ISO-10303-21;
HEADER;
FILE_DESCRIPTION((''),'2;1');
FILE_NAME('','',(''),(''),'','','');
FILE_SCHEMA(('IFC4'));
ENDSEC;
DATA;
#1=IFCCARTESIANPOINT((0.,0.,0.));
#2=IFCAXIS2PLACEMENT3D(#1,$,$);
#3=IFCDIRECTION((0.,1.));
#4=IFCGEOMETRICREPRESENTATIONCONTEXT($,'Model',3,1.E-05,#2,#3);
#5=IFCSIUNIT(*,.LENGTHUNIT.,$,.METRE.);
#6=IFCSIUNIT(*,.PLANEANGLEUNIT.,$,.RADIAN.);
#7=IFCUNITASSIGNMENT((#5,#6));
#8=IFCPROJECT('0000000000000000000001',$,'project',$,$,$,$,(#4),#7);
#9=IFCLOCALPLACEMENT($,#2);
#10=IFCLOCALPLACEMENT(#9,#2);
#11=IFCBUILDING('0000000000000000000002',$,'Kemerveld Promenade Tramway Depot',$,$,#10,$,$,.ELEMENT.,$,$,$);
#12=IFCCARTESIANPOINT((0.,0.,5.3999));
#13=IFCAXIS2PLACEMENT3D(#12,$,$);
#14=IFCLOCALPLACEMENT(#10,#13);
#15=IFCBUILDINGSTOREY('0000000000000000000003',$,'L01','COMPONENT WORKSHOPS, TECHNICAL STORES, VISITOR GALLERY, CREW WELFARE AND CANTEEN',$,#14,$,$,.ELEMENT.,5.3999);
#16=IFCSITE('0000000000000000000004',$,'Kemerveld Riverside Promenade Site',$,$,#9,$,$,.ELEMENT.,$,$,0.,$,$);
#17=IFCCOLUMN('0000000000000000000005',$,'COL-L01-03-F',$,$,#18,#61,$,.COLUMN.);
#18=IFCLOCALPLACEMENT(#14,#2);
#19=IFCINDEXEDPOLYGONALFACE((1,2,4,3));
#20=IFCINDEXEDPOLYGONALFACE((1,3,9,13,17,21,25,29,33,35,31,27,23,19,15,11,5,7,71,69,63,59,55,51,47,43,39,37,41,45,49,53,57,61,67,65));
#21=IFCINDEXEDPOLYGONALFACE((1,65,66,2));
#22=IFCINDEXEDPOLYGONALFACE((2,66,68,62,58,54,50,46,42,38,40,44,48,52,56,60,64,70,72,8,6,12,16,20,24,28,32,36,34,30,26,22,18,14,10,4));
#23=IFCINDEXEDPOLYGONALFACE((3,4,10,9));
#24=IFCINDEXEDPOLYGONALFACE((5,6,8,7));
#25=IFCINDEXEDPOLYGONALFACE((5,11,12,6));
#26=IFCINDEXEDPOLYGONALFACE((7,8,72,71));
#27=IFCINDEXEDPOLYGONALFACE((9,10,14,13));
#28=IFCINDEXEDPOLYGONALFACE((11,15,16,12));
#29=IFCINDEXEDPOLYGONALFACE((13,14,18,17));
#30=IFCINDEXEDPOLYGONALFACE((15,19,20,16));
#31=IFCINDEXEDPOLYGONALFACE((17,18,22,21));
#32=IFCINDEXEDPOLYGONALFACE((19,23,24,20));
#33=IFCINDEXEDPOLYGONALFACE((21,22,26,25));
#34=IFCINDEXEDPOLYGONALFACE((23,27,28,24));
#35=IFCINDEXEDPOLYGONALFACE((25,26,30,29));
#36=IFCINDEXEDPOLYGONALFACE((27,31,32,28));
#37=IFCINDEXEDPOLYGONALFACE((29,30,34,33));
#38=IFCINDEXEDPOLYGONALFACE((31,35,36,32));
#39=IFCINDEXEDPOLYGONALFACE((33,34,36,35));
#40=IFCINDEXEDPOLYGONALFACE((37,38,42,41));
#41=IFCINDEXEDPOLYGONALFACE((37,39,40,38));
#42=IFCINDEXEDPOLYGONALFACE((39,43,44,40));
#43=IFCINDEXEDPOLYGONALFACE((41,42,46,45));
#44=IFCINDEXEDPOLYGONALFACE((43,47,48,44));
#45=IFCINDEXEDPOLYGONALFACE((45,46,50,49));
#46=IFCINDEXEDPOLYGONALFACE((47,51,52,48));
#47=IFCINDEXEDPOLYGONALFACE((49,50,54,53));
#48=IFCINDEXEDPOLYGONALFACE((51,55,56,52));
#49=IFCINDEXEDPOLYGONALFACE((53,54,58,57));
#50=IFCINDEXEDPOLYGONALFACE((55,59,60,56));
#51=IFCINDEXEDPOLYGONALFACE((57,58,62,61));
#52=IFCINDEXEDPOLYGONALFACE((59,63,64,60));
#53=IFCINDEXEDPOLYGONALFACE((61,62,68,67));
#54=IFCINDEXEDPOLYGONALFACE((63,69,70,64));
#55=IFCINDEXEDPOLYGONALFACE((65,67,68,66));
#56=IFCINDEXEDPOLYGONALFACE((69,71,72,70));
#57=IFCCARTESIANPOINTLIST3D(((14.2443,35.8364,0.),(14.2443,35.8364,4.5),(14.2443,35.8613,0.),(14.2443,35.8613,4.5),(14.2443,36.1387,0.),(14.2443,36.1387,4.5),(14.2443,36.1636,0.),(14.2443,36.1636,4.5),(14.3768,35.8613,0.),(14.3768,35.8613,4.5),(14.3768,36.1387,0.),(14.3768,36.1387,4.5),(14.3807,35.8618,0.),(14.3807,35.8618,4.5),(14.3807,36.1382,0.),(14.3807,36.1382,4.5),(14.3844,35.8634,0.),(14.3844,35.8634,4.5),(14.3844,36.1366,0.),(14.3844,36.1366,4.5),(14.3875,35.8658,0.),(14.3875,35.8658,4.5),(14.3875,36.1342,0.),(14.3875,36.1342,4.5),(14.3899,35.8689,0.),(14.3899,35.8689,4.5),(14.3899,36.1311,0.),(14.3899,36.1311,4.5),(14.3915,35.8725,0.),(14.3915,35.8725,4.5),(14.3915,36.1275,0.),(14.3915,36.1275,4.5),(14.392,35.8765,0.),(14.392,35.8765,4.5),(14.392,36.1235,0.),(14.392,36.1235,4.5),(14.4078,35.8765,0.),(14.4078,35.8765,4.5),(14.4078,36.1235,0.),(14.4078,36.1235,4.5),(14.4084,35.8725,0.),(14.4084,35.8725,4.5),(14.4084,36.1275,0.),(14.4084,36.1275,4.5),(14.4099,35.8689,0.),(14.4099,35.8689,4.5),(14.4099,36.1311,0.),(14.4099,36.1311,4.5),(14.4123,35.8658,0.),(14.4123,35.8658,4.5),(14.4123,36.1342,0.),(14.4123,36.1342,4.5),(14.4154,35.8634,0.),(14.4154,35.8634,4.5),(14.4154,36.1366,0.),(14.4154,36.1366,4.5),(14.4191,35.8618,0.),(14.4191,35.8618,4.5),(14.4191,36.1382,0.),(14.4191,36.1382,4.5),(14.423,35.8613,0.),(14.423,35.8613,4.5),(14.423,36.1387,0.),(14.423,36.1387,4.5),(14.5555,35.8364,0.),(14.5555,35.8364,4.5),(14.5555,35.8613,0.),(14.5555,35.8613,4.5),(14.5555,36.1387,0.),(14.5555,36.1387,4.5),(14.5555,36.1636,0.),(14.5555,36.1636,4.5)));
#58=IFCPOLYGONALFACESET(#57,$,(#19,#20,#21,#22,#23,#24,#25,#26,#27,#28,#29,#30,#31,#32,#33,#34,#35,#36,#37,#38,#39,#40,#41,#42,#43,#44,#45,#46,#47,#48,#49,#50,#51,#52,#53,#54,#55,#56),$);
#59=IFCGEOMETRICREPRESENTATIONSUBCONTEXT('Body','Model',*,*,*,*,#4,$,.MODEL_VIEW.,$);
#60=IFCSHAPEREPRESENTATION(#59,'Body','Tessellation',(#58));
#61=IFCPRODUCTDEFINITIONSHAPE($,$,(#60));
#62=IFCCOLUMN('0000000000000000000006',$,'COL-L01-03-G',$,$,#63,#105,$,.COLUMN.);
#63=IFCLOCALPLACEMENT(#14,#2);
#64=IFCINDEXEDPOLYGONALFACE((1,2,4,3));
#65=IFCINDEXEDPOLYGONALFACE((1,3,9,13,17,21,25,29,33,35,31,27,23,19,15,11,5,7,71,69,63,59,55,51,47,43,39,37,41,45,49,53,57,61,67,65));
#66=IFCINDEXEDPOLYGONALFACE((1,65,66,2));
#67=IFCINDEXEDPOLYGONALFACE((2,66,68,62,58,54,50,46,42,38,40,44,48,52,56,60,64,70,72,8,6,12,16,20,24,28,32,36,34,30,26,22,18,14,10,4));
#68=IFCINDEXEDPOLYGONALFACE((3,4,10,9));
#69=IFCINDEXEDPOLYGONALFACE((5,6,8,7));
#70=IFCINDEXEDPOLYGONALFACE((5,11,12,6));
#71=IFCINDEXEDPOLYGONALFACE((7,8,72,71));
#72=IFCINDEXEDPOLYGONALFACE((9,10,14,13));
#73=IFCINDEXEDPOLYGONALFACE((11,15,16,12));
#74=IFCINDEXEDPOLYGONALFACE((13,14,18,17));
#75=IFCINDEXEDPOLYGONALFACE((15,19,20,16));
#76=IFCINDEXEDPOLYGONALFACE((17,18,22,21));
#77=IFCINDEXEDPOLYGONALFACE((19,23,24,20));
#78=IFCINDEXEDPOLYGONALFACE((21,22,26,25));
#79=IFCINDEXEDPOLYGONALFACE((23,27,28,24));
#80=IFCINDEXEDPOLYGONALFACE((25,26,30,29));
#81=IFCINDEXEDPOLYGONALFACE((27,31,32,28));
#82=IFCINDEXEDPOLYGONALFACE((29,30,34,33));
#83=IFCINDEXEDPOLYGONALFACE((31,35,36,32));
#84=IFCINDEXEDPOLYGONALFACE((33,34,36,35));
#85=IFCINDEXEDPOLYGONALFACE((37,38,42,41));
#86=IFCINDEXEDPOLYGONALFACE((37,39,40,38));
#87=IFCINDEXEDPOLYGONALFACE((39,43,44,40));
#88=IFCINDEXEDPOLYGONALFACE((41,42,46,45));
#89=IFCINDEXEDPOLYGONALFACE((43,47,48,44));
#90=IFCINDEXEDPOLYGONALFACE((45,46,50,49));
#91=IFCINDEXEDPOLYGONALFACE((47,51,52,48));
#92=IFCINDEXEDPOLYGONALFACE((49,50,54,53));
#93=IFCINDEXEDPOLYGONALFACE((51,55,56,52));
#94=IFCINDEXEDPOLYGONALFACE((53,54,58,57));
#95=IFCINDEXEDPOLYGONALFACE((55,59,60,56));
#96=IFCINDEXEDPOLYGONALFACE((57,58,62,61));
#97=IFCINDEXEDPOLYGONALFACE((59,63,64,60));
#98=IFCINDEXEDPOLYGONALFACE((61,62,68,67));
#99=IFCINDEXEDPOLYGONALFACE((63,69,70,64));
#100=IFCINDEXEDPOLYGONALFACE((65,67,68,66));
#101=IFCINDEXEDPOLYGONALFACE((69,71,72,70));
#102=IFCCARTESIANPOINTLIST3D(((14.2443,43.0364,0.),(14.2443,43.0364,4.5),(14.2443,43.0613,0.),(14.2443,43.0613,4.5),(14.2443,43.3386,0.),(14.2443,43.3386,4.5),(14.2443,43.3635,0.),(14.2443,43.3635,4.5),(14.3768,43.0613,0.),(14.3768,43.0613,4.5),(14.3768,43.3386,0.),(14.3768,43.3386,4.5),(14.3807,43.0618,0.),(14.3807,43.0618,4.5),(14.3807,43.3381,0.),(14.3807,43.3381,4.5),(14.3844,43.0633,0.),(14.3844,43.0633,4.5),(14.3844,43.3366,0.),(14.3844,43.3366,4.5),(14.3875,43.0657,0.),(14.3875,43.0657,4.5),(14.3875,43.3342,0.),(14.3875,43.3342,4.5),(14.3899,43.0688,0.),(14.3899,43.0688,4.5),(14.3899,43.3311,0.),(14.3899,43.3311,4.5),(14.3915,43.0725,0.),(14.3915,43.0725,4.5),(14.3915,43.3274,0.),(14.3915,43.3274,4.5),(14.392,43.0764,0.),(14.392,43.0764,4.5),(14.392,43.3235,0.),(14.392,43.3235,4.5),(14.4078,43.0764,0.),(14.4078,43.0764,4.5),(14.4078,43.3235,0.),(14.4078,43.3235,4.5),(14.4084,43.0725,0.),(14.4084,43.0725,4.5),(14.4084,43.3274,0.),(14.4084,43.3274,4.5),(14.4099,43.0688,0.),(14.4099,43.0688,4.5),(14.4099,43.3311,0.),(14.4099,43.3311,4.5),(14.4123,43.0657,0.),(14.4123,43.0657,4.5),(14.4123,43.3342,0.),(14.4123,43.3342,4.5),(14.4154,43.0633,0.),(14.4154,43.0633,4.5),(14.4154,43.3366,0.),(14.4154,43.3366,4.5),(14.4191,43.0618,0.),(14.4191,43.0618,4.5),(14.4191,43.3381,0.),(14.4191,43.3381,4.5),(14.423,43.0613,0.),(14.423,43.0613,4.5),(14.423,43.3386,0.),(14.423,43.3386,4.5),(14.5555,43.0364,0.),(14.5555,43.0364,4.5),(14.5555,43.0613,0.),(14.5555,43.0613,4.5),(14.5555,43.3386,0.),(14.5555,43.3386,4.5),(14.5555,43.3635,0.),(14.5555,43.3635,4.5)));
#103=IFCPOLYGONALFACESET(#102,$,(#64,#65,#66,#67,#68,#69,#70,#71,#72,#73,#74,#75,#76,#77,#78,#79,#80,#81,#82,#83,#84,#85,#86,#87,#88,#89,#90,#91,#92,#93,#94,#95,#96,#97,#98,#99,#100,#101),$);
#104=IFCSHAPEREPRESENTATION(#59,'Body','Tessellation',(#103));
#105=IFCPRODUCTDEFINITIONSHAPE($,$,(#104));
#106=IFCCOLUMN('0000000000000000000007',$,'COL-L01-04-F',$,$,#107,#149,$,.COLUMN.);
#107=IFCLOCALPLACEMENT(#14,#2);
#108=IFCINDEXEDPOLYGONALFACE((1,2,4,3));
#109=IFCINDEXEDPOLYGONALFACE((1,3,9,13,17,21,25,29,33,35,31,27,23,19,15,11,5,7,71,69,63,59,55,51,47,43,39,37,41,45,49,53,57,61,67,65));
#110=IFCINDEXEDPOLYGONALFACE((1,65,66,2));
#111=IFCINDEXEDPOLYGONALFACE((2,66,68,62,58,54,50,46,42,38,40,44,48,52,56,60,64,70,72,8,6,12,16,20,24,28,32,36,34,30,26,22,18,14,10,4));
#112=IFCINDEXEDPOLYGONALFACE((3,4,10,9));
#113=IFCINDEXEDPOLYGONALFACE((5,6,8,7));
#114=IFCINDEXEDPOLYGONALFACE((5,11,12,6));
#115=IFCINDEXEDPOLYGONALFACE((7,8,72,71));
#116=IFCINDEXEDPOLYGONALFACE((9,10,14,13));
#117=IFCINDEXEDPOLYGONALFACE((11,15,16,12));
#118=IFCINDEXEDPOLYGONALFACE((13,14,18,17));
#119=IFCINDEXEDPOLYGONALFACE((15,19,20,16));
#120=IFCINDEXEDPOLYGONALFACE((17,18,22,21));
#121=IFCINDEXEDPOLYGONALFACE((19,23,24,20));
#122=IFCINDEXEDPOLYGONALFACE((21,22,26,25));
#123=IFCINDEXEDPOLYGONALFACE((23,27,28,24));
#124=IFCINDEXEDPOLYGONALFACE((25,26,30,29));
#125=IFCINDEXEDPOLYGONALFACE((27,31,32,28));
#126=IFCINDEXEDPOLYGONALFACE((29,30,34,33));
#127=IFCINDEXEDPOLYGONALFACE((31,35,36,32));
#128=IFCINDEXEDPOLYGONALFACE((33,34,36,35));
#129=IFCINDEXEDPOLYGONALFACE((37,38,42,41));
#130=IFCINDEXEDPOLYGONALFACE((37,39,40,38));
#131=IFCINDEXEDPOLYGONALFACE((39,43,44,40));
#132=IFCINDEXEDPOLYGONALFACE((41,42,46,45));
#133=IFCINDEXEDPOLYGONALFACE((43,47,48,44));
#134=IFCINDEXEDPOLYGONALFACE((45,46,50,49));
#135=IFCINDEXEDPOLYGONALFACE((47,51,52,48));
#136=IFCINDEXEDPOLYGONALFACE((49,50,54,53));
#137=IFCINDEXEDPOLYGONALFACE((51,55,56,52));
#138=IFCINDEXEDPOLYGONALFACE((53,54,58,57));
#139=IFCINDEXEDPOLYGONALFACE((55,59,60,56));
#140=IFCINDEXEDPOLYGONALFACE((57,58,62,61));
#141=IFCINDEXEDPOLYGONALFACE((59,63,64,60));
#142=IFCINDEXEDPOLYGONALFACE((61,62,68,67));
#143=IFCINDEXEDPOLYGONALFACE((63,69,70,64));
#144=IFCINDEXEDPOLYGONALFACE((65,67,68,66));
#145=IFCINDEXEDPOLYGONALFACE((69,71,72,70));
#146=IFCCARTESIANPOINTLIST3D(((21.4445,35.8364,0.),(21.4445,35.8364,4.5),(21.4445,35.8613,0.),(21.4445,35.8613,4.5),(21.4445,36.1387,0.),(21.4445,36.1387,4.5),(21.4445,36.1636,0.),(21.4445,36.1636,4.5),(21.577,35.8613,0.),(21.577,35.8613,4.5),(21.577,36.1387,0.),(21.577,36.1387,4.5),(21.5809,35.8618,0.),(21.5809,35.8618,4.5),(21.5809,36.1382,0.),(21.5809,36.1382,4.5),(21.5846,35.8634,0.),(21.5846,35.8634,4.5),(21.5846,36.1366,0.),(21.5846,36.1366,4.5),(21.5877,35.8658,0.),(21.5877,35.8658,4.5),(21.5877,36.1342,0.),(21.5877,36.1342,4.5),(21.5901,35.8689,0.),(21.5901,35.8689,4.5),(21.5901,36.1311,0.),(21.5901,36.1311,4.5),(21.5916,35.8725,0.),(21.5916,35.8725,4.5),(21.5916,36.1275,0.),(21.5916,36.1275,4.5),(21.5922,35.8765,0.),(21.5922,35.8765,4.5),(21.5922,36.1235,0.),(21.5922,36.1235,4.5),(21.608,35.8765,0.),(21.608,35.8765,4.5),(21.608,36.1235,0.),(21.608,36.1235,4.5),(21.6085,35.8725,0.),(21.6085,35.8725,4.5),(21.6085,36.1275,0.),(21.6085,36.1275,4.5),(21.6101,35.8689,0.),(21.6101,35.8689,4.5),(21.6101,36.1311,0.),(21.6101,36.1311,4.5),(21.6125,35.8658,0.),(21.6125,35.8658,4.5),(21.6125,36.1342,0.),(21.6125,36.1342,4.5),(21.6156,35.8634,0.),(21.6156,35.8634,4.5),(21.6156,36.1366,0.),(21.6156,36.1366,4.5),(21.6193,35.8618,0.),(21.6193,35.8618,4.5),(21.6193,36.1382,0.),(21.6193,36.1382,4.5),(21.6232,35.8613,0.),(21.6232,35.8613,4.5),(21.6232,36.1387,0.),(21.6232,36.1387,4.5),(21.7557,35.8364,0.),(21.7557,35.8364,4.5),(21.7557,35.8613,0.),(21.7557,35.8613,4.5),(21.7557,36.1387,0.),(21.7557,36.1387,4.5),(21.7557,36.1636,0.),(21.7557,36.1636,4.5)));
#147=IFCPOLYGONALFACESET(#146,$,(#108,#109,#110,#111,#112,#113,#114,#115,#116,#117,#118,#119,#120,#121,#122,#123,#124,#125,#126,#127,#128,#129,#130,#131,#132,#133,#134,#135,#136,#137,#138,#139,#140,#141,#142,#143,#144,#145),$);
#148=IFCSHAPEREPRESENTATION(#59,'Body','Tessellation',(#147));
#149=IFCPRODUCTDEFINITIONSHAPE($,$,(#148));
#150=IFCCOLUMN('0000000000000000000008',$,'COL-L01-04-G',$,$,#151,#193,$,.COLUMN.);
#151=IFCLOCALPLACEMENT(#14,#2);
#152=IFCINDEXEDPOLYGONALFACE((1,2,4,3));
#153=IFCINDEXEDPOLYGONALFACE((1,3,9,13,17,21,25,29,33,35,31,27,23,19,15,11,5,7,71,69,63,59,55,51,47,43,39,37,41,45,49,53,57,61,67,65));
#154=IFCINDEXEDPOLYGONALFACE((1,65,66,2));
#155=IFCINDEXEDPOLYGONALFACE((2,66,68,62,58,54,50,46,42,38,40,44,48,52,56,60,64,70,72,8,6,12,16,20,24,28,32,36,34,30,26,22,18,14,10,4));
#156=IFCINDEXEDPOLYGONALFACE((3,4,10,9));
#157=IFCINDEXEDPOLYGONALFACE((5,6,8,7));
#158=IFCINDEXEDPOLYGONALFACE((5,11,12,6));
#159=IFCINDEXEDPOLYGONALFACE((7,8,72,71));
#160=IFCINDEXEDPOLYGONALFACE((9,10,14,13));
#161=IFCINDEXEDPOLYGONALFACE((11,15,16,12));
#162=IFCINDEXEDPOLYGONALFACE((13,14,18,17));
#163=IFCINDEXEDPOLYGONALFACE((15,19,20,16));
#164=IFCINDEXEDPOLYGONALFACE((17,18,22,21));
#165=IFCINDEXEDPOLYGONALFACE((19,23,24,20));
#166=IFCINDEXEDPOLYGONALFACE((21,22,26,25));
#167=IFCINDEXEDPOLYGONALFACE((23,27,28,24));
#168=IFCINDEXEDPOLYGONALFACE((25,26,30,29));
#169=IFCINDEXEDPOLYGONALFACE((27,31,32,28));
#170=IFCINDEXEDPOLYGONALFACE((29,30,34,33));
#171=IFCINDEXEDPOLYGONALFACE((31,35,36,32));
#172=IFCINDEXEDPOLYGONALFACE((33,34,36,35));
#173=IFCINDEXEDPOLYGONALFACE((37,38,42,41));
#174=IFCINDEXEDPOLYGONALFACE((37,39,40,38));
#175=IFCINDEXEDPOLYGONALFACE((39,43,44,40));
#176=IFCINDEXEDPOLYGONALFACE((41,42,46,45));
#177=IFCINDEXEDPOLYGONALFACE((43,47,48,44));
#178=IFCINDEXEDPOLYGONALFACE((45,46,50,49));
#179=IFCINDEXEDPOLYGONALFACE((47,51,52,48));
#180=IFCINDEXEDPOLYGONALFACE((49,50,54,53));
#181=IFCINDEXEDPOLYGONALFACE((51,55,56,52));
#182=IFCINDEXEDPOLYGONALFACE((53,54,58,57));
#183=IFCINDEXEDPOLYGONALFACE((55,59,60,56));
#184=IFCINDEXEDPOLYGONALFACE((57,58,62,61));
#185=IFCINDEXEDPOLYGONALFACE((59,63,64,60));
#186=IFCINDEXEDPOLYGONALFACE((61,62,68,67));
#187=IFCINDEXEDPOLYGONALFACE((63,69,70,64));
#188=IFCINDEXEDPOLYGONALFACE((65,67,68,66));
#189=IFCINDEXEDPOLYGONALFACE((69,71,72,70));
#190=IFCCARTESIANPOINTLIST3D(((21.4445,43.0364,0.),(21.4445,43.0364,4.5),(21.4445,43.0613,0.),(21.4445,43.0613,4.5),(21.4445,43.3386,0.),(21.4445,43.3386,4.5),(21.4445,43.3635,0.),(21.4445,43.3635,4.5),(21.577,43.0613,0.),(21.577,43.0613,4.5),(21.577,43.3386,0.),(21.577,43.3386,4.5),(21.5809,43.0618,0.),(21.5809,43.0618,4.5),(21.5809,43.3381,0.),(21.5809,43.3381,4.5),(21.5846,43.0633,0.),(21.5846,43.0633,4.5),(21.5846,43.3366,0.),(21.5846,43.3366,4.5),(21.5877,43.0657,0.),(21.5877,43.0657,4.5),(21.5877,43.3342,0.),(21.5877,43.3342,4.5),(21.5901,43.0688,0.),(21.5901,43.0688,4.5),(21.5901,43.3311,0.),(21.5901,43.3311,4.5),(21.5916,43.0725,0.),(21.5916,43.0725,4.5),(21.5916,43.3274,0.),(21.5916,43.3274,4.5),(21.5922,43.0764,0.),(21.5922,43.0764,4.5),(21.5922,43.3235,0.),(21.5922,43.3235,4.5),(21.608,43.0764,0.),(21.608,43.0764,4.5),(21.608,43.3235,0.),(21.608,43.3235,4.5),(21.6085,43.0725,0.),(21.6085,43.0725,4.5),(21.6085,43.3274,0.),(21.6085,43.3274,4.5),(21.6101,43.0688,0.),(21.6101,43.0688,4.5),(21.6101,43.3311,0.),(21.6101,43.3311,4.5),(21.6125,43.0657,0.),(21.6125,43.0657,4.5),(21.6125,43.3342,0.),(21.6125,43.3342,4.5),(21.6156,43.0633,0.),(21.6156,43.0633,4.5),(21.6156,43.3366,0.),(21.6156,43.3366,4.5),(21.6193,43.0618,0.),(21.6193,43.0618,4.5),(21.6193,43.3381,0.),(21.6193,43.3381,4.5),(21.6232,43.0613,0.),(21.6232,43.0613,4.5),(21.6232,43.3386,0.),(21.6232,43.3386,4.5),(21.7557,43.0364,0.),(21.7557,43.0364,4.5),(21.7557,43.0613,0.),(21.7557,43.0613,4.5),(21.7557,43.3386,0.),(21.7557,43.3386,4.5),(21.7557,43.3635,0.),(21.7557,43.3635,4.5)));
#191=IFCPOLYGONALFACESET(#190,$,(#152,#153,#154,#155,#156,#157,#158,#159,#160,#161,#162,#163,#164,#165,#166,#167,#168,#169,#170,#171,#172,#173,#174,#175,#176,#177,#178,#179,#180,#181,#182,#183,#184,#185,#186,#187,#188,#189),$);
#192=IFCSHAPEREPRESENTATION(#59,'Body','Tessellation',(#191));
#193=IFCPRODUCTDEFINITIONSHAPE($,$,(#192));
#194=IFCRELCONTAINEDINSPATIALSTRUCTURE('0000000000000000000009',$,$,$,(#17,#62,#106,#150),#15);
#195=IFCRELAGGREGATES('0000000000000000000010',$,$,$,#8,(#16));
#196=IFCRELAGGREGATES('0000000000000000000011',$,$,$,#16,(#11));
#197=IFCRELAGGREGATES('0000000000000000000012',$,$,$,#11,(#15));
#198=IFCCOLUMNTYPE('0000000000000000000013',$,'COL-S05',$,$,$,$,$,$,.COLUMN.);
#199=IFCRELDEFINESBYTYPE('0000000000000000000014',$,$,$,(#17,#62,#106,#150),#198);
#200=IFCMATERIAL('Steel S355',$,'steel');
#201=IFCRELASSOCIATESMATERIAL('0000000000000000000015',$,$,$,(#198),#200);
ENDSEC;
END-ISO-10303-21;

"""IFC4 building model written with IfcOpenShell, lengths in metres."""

from ifc_helpers import new_model, si_unit, direction, frame, origin, origin_2d, place, context, subcontext, project, spatial, i_section, extrude, material, material_profile, profile_set, type_object, element, save


model = new_model("IFC4")

# Units and contexts
model_context = context("Model", 3, precision=1e-05, world=origin(), true_north=direction((0.0, 1.0)))
body_context = subcontext(model_context, "Body", "Model", "MODEL_VIEW")
ifc_project = project(units=[si_unit("LENGTHUNIT", "METRE"), si_unit("PLANEANGLEUNIT", "RADIAN")], contexts=[model_context])

# Site, building, storey
site_placement = place(None, origin())
site = spatial("IfcSite", under=ifc_project, at=site_placement, Name="Kemerveld Riverside Promenade Site", CompositionType="ELEMENT", RefElevation=0.0)
building_placement = place(site_placement, origin())
building = spatial("IfcBuilding", under=site, at=building_placement, Name="Kemerveld Promenade Tramway Depot", CompositionType="ELEMENT")
storey_placement = place(building_placement, frame((0.0, 0.0, 5.3999)))
storey = spatial("IfcBuildingStorey", under=building, at=storey_placement, Name="L01", Description="COMPONENT WORKSHOPS, TECHNICAL STORES, VISITOR GALLERY, CREW WELFARE AND CANTEEN", CompositionType="ELEMENT", Elevation=5.3999)

# Columns
ifc_material_1 = material(Name="Steel S355", Category="steel")
ifc_material_profile_1 = material_profile(ifc_material_1, i_section(OverallWidth=0.3113, OverallDepth=0.3271, WebThickness=0.0159, FlangeThickness=0.0249, FilletRadius=0.0151, at=origin_2d()), Name="305x305x158 UC")
ifc_profile_set_1 = profile_set([ifc_material_profile_1], Name="Steel S355")
column_type = type_object("IfcColumnType", Name="COL-S05", PredefinedType="COLUMN", material=ifc_profile_set_1)
for number, where, z_axis, x_axis, name in (
    (1, (14.3999, 36.0, 0.0), (0.0, 0.0, 1.0), (1.0, 0.0, 0.0), "COL-L01-03-F"),
    (2, (14.3999, 43.2, 0.0), (0.0, 0.0, 1.0), (1.0, 0.0, 0.0), "COL-L01-03-G"),
    (3, (21.6001, 36.0, 0.0), (0.0, 0.0, 1.0), (1.0, 0.0, 0.0), "COL-L01-04-F"),
    (4, (21.6001, 43.2, 0.0), (0.0, 0.0, 1.0), (1.0, 0.0, 0.0), "COL-L01-04-G"),
):
    element("IfcColumn", number, at=place(storey_placement, frame(where, z_axis=z_axis, x_axis=x_axis)), inside=storey, type_object=column_type, Name=name, PredefinedType="COLUMN", context=body_context, shape_type="SweptSolid", body=[
        extrude(i_section(OverallWidth=0.3113, OverallDepth=0.3271, WebThickness=0.0159, FlangeThickness=0.0249, FilletRadius=0.0151, at=origin_2d()), origin(), (0.0, 0.0, 1.0), 4.5),
    ])

save(model, "model.ifc")
